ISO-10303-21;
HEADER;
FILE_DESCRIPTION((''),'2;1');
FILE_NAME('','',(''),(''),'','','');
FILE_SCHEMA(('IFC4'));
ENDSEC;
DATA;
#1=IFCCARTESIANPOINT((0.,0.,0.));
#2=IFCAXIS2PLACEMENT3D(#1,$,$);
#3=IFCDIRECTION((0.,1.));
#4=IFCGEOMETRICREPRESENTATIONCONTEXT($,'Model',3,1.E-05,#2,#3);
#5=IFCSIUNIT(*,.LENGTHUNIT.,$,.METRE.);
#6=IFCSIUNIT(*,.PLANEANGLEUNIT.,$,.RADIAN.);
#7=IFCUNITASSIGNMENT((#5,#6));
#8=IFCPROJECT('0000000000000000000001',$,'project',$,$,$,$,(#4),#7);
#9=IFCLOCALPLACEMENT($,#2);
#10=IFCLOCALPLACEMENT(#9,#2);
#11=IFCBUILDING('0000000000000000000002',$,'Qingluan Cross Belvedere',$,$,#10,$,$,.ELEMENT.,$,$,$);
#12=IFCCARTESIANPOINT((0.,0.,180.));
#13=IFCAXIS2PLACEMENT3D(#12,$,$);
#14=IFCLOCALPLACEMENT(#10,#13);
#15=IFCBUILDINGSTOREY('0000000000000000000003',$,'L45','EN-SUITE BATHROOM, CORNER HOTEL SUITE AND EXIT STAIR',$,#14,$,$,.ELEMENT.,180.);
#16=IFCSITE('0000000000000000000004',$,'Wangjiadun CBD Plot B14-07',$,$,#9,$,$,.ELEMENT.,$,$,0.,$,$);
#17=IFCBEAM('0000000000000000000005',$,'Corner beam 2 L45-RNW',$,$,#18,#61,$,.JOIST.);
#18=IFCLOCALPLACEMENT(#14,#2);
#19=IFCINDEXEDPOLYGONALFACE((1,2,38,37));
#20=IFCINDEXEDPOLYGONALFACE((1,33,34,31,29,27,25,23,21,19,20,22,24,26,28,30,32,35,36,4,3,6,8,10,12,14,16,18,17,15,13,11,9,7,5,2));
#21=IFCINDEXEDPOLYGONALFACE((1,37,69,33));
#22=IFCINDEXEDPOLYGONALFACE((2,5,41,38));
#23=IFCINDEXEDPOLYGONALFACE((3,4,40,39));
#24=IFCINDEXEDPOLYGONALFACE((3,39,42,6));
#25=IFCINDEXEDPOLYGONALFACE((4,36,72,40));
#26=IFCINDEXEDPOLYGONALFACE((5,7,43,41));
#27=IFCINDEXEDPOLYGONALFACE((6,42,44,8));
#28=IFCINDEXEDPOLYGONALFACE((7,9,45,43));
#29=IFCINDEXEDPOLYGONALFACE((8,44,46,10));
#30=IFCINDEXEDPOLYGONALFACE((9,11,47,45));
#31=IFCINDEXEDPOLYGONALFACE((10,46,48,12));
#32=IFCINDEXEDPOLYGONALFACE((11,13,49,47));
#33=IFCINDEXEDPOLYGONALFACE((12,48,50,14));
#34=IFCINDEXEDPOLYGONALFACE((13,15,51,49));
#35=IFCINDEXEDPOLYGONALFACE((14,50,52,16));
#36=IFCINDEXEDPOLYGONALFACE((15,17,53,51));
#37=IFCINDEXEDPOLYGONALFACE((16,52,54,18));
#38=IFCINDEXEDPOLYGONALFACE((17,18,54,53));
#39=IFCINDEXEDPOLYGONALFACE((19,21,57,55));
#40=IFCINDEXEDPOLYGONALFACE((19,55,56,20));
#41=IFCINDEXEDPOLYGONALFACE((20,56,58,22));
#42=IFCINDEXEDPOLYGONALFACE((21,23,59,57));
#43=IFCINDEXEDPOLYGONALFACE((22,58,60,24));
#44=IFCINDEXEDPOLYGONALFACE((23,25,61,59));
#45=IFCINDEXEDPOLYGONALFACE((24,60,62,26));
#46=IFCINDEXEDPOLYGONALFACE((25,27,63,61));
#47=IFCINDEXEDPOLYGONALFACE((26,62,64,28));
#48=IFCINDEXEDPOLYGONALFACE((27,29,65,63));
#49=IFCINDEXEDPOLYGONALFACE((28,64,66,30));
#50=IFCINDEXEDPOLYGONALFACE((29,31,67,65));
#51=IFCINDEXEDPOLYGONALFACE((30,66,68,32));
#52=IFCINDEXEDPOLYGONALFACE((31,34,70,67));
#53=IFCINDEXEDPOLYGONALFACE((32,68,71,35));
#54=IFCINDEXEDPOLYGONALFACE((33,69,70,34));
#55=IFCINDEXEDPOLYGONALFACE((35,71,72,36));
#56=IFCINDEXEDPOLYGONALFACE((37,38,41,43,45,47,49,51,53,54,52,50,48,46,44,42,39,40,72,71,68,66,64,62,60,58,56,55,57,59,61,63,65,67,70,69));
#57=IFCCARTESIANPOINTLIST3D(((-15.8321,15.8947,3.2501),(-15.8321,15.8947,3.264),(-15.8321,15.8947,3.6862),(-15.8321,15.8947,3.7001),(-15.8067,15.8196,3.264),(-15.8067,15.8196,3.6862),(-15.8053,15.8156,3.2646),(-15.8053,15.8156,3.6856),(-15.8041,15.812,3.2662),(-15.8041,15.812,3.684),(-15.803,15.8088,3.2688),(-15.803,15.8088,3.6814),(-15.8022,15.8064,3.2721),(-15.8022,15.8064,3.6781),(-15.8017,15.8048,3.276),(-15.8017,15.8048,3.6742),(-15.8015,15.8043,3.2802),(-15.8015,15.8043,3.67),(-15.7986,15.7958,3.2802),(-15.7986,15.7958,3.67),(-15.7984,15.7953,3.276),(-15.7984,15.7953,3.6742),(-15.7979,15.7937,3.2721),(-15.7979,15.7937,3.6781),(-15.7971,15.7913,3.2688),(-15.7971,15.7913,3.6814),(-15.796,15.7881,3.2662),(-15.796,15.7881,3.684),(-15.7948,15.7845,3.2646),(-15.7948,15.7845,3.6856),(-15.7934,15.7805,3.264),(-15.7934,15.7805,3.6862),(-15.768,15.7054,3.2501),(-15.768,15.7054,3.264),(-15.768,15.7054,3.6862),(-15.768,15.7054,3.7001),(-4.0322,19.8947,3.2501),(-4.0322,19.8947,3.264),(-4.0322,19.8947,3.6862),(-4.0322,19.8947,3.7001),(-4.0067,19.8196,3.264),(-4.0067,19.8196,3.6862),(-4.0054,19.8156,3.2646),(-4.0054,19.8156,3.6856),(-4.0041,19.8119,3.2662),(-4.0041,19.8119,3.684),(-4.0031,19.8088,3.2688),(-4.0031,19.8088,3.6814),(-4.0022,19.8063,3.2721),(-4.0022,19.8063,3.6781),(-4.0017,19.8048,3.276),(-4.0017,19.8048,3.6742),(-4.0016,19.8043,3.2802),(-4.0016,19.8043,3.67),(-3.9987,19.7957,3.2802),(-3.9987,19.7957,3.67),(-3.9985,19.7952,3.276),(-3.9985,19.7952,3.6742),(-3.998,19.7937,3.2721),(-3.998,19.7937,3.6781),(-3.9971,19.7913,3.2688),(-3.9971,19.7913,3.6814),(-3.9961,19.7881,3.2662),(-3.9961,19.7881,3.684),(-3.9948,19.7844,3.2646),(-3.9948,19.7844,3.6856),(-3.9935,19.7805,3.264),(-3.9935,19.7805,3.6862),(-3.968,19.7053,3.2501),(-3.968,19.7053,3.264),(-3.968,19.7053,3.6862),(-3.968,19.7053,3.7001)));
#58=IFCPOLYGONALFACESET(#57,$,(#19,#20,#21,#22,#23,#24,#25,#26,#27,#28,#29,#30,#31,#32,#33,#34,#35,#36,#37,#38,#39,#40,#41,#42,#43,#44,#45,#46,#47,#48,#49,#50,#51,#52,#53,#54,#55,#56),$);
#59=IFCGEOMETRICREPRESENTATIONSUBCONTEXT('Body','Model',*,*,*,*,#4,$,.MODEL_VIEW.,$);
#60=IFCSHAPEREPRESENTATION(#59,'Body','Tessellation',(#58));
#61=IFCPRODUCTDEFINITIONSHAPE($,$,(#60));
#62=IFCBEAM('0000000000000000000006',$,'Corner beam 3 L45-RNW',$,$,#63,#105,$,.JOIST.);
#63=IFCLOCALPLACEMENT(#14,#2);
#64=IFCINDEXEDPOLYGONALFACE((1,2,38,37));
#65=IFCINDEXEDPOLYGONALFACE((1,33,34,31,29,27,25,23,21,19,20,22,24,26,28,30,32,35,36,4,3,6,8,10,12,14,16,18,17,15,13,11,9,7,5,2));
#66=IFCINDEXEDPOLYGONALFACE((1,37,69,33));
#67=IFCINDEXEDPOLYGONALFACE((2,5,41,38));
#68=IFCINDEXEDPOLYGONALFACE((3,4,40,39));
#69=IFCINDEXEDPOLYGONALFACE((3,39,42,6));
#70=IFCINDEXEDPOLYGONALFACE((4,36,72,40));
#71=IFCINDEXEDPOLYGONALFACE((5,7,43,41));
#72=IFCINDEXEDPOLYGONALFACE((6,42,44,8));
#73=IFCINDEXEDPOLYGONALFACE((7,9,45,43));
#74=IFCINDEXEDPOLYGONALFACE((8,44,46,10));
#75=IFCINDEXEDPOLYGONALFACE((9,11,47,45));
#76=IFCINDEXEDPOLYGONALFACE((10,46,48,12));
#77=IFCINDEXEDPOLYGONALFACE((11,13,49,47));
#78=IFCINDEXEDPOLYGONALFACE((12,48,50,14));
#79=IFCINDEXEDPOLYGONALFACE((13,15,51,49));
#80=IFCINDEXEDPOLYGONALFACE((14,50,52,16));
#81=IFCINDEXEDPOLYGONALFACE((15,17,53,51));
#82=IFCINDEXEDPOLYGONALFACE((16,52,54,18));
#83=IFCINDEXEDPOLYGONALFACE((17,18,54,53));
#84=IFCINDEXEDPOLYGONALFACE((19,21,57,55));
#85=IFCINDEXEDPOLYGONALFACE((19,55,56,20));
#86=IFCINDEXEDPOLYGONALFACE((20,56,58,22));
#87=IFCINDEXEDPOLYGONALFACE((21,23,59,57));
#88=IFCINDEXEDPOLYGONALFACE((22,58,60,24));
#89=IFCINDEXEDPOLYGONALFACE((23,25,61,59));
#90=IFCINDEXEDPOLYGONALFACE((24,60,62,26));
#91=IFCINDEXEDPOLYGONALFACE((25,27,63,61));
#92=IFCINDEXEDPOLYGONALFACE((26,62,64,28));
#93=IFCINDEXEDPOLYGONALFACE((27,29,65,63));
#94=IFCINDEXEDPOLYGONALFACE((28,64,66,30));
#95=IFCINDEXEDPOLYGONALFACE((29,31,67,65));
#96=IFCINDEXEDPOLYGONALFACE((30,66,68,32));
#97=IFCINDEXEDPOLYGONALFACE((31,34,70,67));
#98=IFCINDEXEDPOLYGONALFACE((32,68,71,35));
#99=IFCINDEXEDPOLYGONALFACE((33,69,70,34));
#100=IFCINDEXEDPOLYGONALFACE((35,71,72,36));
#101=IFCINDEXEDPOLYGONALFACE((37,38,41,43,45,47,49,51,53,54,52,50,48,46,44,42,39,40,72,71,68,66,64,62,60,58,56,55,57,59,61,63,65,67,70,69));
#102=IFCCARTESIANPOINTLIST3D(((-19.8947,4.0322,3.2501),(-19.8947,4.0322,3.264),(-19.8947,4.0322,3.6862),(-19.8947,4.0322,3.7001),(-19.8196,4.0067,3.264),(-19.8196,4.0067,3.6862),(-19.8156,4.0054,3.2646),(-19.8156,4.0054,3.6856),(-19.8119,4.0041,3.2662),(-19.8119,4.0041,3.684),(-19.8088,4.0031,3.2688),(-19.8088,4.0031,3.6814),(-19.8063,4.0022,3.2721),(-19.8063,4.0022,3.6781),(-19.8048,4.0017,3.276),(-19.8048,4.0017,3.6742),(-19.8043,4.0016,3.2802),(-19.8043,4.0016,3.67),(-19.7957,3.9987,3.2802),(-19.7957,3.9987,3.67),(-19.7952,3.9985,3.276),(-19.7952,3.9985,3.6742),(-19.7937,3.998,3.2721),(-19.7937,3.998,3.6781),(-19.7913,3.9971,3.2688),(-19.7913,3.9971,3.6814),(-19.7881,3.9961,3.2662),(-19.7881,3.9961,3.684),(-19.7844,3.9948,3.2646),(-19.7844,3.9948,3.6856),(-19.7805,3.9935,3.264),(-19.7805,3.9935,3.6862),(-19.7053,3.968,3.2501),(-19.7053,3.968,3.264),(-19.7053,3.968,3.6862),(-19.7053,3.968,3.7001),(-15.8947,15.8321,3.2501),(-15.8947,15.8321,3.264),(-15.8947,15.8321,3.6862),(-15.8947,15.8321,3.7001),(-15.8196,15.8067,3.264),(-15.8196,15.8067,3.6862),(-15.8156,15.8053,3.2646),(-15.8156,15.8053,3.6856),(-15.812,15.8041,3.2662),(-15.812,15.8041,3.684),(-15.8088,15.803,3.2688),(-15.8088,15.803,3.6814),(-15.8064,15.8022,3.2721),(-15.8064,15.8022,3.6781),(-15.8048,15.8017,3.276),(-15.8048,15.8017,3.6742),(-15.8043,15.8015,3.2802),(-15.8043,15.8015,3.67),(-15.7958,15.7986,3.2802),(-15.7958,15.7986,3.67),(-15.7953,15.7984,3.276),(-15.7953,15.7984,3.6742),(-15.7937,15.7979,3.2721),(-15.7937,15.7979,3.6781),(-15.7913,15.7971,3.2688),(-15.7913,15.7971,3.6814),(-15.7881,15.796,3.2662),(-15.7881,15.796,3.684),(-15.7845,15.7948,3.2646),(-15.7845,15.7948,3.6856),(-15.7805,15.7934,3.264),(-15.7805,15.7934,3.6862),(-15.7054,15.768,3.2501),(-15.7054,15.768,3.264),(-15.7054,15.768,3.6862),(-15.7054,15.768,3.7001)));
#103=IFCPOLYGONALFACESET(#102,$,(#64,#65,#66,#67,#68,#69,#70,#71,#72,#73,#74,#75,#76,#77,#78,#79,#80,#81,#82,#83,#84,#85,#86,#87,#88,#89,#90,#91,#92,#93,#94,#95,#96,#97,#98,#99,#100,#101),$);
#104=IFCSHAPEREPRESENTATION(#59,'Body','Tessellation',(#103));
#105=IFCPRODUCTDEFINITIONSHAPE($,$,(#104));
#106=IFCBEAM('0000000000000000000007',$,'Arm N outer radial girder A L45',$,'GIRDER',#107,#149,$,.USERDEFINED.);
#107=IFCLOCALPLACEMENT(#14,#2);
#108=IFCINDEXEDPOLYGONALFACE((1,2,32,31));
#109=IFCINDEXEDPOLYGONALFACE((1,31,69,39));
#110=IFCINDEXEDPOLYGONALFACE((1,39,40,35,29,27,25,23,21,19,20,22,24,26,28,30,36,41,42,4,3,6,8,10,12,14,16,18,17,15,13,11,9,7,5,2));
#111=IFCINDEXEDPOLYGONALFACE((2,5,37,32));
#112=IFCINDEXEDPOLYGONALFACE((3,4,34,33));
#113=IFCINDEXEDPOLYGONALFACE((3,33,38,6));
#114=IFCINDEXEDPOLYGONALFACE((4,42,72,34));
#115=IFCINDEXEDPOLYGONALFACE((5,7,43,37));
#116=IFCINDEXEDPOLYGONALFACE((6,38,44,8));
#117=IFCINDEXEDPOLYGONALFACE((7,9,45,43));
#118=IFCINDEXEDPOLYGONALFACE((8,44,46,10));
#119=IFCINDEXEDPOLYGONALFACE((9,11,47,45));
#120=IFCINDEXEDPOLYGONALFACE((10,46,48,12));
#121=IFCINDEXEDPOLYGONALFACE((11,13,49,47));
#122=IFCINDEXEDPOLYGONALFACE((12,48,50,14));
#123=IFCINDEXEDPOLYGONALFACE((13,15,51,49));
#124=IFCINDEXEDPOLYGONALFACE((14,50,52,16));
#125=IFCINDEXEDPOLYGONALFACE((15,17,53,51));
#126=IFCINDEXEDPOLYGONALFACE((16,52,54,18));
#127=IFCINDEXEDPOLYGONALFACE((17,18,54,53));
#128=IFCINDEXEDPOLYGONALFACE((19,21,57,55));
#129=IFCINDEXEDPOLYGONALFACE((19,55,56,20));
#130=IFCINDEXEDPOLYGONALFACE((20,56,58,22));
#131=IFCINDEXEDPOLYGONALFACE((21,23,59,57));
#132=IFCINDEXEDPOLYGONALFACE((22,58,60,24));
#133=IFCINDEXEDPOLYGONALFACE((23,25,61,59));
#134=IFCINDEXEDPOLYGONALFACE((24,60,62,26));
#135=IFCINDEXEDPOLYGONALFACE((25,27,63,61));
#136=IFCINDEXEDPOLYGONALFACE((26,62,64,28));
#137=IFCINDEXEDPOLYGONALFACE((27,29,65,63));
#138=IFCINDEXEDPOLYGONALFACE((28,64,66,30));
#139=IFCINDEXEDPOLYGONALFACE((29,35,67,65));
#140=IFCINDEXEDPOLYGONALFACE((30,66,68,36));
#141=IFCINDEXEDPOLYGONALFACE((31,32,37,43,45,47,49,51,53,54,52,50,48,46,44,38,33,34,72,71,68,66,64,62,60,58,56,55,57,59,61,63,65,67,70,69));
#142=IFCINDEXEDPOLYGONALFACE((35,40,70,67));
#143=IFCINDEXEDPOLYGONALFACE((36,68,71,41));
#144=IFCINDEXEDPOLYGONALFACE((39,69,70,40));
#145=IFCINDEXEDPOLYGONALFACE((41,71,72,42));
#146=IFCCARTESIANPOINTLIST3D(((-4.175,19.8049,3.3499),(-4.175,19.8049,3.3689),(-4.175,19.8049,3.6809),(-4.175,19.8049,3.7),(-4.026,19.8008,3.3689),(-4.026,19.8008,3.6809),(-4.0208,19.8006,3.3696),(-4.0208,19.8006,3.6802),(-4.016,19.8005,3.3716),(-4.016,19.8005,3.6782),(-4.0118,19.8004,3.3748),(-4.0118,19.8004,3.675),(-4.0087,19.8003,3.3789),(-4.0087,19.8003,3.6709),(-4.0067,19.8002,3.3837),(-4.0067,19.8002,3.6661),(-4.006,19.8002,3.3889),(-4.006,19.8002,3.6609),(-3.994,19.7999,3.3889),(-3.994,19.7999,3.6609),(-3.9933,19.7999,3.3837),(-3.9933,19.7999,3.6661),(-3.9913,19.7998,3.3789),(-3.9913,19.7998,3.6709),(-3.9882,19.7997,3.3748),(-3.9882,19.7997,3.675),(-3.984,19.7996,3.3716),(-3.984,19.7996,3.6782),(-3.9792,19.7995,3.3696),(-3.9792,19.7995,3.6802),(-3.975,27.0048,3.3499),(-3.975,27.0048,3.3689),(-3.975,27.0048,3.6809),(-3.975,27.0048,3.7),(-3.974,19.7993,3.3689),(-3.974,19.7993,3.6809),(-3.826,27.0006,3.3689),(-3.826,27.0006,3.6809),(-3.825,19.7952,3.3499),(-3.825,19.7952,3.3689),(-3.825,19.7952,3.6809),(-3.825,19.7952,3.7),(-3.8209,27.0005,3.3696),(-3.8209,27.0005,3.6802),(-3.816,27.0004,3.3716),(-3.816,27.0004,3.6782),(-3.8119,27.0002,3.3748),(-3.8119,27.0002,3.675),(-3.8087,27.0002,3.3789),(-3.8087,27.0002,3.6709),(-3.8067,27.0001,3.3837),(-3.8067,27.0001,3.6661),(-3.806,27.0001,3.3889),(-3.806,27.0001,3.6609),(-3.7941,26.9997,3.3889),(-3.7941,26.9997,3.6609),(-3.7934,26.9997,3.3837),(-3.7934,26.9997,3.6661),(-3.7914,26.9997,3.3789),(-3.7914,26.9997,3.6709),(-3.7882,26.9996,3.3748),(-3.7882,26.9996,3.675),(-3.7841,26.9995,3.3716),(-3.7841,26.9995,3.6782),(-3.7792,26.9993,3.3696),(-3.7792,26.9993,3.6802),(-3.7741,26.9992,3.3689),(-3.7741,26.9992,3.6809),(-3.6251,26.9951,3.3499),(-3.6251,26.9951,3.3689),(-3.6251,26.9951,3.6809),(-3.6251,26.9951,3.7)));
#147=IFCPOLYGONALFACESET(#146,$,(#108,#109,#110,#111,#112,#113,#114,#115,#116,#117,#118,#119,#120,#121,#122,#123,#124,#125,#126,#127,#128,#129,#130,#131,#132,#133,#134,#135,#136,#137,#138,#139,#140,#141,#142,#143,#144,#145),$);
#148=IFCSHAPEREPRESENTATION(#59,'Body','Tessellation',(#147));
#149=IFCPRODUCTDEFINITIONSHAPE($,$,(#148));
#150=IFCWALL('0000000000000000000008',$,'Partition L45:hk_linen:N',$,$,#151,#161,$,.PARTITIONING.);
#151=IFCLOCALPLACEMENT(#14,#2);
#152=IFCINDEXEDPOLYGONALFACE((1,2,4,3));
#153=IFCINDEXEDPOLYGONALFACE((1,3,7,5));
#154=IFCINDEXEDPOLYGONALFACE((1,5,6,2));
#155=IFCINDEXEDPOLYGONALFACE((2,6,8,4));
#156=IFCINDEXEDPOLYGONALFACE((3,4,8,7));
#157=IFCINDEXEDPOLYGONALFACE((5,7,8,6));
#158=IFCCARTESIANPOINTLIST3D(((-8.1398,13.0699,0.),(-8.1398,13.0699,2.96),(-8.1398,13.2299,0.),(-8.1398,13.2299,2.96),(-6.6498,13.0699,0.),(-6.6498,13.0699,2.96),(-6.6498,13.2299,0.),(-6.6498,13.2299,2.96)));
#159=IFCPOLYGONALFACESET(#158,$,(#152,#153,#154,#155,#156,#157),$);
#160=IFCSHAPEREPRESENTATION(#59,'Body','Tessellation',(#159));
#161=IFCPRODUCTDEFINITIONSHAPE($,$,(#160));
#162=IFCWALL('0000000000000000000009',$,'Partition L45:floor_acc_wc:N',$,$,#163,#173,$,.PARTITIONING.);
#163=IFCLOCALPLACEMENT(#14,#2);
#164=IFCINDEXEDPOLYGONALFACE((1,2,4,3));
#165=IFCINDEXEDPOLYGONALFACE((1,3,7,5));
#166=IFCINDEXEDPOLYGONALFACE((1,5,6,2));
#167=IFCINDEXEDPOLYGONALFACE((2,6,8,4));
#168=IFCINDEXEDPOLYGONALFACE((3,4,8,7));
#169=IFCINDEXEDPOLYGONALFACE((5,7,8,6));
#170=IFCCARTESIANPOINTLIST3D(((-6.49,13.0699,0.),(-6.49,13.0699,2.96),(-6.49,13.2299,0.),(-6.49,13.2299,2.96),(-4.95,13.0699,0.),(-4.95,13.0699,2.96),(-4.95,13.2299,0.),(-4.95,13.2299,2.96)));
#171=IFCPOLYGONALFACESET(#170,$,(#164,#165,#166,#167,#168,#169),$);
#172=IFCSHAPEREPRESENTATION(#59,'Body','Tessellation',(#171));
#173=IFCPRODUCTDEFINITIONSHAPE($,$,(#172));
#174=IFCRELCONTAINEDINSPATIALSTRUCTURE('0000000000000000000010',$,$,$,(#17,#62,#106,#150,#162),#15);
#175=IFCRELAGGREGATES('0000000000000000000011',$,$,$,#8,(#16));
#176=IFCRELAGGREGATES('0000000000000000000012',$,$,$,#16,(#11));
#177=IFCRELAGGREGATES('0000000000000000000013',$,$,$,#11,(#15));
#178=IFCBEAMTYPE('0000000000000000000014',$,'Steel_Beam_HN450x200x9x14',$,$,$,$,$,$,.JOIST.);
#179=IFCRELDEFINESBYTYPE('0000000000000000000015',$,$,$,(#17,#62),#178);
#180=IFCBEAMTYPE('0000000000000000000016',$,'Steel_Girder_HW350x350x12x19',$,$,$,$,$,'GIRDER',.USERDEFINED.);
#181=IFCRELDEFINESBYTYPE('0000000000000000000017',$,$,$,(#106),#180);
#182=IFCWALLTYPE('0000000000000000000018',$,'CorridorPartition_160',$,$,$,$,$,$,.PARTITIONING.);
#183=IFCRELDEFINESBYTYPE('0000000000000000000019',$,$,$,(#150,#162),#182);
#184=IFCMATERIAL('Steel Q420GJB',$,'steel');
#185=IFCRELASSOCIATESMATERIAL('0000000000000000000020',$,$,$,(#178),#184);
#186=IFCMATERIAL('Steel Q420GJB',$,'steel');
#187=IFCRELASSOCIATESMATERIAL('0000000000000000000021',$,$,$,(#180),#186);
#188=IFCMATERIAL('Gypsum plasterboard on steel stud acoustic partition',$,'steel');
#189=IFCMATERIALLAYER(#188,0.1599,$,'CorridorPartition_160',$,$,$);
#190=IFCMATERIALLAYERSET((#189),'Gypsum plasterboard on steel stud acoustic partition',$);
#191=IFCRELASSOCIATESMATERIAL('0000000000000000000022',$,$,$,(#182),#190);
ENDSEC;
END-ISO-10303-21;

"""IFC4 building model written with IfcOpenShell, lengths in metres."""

from ifc_helpers import new_model, si_unit, direction, frame, frame_2d, origin, origin_2d, place, context, subcontext, project, spatial, rectangle, i_section, extrude, material, layer, layer_set, material_profile, profile_set, type_object, element, save


model = new_model("IFC4")

# Units and contexts
model_context = context("Model", 3, precision=1e-05, world=origin(), true_north=direction((0.0, 1.0)))
body_context = subcontext(model_context, "Body", "Model", "MODEL_VIEW")
ifc_project = project(units=[si_unit("LENGTHUNIT", "METRE"), si_unit("PLANEANGLEUNIT", "RADIAN")], contexts=[model_context])

# Site, building, storey
site_placement = place(None, origin())
site = spatial("IfcSite", under=ifc_project, at=site_placement, Name="Wangjiadun CBD Plot B14-07", CompositionType="ELEMENT", RefElevation=0.0)
building_placement = place(site_placement, origin())
building = spatial("IfcBuilding", under=site, at=building_placement, Name="Qingluan Cross Belvedere", CompositionType="ELEMENT")
storey_placement = place(building_placement, frame((0.0, 0.0, 180.0)))
storey = spatial("IfcBuildingStorey", under=building, at=storey_placement, Name="L45", Description="EN-SUITE BATHROOM, CORNER HOTEL SUITE AND EXIT STAIR", CompositionType="ELEMENT", Elevation=180.0)

# Beams
ifc_material_1 = material(Name="Steel Q420GJB", Category="steel")
ifc_material_profile_1 = material_profile(ifc_material_1, i_section(OverallWidth=0.2, OverallDepth=0.45, WebThickness=0.009, FlangeThickness=0.0139, FilletRadius=0.0161, at=origin_2d()), Name="HN450x200x9x14")
ifc_profile_set_1 = profile_set([ifc_material_profile_1], Name="Steel Q420GJB")
beam_type_1 = type_object("IfcBeamType", Name="Steel_Beam_HN450x200x9x14", PredefinedType="JOIST", material=ifc_profile_set_1)
for number, where, z_axis, x_axis, name in (
    (1, (-15.8, 15.8, 3.4751), (0.947066, 0.321038, 0.0), (-0.321038, 0.947066, 0.0), "Corner beam 2 L45-RNW"),
    (2, (-15.8, 15.8, 3.4751), (-0.321038, -0.947066, 0.0), (0.947066, -0.321038, 0.0), "Corner beam 3 L45-RNW"),
):
    element("IfcBeam", number, at=place(storey_placement, frame(where, z_axis=z_axis, x_axis=x_axis)), inside=storey, type_object=beam_type_1, Name=name, PredefinedType="JOIST", context=body_context, shape_type="SweptSolid", body=[
        extrude(i_section(OverallWidth=0.2, OverallDepth=0.45, WebThickness=0.009, FlangeThickness=0.0139, FilletRadius=0.0161, at=origin_2d()), origin(), (0.0, 0.0, 1.0), 12.4595),
    ])
ifc_material_2 = material(Name="Steel Q420GJB", Category="steel")
ifc_material_profile_2 = material_profile(ifc_material_2, i_section(OverallWidth=0.3501, OverallDepth=0.3501, WebThickness=0.012, FlangeThickness=0.019, FilletRadius=0.02, at=origin_2d()), Name="HW350x350x12x19")
ifc_profile_set_2 = profile_set([ifc_material_profile_2], Name="Steel Q420GJB")
beam_type_2 = type_object("IfcBeamType", Name="Steel_Girder_HW350x350x12x19", ElementType="GIRDER", PredefinedType="USERDEFINED", material=ifc_profile_set_2)
beam_1_placement = place(storey_placement, frame((-4.0, 19.8, 3.5249), z_axis=(0.02776, 0.999615, 0.0), x_axis=(-0.999615, 0.02776, 0.0)))
element("IfcBeam", 3, at=beam_1_placement, inside=storey, type_object=beam_type_2, Name="Arm N outer radial girder A L45", ObjectType="GIRDER", PredefinedType="USERDEFINED", context=body_context, shape_type="SweptSolid", body=[
    extrude(i_section(OverallWidth=0.3501, OverallDepth=0.3501, WebThickness=0.012, FlangeThickness=0.019, FilletRadius=0.02, at=origin_2d()), origin(), (0.0, 0.0, 1.0), 7.2026),
])

# Walls
ifc_material_3 = material(Name="Gypsum plasterboard on steel stud acoustic partition", Category="steel")
ifc_layer_1 = layer(ifc_material_3, 0.1599, Name="CorridorPartition_160")
ifc_layer_set_1 = layer_set([ifc_layer_1], Name="Gypsum plasterboard on steel stud acoustic partition")
wall_type_1 = type_object("IfcWallType", Name="CorridorPartition_160", PredefinedType="PARTITIONING", material=ifc_layer_set_1)
wall_1_placement = place(storey_placement, frame((-8.1399, 13.1499, 0.0), z_axis=(0.0, 0.0, 1.0), x_axis=(1.0, 0.0, 0.0)))
element("IfcWall", 4, at=wall_1_placement, inside=storey, type_object=wall_type_1, Name="Partition L45:hk_linen:N", PredefinedType="PARTITIONING", context=body_context, shape_type="SweptSolid", body=[
    extrude(rectangle(XDim=1.49, YDim=0.1599, at=frame_2d((0.7451, 0.0))), origin(), (0.0, 0.0, 1.0), 2.96),
])
wall_2_placement = place(storey_placement, frame((-6.49, 13.1499, 0.0), z_axis=(0.0, 0.0, 1.0), x_axis=(1.0, 0.0, 0.0)))
element("IfcWall", 5, at=wall_2_placement, inside=storey, type_object=wall_type_1, Name="Partition L45:floor_acc_wc:N", PredefinedType="PARTITIONING", context=body_context, shape_type="SweptSolid", body=[
    extrude(rectangle(XDim=1.54, YDim=0.1599, at=frame_2d((0.77, 0.0))), origin(), (0.0, 0.0, 1.0), 2.96),
])

save(model, "model.ifc")
